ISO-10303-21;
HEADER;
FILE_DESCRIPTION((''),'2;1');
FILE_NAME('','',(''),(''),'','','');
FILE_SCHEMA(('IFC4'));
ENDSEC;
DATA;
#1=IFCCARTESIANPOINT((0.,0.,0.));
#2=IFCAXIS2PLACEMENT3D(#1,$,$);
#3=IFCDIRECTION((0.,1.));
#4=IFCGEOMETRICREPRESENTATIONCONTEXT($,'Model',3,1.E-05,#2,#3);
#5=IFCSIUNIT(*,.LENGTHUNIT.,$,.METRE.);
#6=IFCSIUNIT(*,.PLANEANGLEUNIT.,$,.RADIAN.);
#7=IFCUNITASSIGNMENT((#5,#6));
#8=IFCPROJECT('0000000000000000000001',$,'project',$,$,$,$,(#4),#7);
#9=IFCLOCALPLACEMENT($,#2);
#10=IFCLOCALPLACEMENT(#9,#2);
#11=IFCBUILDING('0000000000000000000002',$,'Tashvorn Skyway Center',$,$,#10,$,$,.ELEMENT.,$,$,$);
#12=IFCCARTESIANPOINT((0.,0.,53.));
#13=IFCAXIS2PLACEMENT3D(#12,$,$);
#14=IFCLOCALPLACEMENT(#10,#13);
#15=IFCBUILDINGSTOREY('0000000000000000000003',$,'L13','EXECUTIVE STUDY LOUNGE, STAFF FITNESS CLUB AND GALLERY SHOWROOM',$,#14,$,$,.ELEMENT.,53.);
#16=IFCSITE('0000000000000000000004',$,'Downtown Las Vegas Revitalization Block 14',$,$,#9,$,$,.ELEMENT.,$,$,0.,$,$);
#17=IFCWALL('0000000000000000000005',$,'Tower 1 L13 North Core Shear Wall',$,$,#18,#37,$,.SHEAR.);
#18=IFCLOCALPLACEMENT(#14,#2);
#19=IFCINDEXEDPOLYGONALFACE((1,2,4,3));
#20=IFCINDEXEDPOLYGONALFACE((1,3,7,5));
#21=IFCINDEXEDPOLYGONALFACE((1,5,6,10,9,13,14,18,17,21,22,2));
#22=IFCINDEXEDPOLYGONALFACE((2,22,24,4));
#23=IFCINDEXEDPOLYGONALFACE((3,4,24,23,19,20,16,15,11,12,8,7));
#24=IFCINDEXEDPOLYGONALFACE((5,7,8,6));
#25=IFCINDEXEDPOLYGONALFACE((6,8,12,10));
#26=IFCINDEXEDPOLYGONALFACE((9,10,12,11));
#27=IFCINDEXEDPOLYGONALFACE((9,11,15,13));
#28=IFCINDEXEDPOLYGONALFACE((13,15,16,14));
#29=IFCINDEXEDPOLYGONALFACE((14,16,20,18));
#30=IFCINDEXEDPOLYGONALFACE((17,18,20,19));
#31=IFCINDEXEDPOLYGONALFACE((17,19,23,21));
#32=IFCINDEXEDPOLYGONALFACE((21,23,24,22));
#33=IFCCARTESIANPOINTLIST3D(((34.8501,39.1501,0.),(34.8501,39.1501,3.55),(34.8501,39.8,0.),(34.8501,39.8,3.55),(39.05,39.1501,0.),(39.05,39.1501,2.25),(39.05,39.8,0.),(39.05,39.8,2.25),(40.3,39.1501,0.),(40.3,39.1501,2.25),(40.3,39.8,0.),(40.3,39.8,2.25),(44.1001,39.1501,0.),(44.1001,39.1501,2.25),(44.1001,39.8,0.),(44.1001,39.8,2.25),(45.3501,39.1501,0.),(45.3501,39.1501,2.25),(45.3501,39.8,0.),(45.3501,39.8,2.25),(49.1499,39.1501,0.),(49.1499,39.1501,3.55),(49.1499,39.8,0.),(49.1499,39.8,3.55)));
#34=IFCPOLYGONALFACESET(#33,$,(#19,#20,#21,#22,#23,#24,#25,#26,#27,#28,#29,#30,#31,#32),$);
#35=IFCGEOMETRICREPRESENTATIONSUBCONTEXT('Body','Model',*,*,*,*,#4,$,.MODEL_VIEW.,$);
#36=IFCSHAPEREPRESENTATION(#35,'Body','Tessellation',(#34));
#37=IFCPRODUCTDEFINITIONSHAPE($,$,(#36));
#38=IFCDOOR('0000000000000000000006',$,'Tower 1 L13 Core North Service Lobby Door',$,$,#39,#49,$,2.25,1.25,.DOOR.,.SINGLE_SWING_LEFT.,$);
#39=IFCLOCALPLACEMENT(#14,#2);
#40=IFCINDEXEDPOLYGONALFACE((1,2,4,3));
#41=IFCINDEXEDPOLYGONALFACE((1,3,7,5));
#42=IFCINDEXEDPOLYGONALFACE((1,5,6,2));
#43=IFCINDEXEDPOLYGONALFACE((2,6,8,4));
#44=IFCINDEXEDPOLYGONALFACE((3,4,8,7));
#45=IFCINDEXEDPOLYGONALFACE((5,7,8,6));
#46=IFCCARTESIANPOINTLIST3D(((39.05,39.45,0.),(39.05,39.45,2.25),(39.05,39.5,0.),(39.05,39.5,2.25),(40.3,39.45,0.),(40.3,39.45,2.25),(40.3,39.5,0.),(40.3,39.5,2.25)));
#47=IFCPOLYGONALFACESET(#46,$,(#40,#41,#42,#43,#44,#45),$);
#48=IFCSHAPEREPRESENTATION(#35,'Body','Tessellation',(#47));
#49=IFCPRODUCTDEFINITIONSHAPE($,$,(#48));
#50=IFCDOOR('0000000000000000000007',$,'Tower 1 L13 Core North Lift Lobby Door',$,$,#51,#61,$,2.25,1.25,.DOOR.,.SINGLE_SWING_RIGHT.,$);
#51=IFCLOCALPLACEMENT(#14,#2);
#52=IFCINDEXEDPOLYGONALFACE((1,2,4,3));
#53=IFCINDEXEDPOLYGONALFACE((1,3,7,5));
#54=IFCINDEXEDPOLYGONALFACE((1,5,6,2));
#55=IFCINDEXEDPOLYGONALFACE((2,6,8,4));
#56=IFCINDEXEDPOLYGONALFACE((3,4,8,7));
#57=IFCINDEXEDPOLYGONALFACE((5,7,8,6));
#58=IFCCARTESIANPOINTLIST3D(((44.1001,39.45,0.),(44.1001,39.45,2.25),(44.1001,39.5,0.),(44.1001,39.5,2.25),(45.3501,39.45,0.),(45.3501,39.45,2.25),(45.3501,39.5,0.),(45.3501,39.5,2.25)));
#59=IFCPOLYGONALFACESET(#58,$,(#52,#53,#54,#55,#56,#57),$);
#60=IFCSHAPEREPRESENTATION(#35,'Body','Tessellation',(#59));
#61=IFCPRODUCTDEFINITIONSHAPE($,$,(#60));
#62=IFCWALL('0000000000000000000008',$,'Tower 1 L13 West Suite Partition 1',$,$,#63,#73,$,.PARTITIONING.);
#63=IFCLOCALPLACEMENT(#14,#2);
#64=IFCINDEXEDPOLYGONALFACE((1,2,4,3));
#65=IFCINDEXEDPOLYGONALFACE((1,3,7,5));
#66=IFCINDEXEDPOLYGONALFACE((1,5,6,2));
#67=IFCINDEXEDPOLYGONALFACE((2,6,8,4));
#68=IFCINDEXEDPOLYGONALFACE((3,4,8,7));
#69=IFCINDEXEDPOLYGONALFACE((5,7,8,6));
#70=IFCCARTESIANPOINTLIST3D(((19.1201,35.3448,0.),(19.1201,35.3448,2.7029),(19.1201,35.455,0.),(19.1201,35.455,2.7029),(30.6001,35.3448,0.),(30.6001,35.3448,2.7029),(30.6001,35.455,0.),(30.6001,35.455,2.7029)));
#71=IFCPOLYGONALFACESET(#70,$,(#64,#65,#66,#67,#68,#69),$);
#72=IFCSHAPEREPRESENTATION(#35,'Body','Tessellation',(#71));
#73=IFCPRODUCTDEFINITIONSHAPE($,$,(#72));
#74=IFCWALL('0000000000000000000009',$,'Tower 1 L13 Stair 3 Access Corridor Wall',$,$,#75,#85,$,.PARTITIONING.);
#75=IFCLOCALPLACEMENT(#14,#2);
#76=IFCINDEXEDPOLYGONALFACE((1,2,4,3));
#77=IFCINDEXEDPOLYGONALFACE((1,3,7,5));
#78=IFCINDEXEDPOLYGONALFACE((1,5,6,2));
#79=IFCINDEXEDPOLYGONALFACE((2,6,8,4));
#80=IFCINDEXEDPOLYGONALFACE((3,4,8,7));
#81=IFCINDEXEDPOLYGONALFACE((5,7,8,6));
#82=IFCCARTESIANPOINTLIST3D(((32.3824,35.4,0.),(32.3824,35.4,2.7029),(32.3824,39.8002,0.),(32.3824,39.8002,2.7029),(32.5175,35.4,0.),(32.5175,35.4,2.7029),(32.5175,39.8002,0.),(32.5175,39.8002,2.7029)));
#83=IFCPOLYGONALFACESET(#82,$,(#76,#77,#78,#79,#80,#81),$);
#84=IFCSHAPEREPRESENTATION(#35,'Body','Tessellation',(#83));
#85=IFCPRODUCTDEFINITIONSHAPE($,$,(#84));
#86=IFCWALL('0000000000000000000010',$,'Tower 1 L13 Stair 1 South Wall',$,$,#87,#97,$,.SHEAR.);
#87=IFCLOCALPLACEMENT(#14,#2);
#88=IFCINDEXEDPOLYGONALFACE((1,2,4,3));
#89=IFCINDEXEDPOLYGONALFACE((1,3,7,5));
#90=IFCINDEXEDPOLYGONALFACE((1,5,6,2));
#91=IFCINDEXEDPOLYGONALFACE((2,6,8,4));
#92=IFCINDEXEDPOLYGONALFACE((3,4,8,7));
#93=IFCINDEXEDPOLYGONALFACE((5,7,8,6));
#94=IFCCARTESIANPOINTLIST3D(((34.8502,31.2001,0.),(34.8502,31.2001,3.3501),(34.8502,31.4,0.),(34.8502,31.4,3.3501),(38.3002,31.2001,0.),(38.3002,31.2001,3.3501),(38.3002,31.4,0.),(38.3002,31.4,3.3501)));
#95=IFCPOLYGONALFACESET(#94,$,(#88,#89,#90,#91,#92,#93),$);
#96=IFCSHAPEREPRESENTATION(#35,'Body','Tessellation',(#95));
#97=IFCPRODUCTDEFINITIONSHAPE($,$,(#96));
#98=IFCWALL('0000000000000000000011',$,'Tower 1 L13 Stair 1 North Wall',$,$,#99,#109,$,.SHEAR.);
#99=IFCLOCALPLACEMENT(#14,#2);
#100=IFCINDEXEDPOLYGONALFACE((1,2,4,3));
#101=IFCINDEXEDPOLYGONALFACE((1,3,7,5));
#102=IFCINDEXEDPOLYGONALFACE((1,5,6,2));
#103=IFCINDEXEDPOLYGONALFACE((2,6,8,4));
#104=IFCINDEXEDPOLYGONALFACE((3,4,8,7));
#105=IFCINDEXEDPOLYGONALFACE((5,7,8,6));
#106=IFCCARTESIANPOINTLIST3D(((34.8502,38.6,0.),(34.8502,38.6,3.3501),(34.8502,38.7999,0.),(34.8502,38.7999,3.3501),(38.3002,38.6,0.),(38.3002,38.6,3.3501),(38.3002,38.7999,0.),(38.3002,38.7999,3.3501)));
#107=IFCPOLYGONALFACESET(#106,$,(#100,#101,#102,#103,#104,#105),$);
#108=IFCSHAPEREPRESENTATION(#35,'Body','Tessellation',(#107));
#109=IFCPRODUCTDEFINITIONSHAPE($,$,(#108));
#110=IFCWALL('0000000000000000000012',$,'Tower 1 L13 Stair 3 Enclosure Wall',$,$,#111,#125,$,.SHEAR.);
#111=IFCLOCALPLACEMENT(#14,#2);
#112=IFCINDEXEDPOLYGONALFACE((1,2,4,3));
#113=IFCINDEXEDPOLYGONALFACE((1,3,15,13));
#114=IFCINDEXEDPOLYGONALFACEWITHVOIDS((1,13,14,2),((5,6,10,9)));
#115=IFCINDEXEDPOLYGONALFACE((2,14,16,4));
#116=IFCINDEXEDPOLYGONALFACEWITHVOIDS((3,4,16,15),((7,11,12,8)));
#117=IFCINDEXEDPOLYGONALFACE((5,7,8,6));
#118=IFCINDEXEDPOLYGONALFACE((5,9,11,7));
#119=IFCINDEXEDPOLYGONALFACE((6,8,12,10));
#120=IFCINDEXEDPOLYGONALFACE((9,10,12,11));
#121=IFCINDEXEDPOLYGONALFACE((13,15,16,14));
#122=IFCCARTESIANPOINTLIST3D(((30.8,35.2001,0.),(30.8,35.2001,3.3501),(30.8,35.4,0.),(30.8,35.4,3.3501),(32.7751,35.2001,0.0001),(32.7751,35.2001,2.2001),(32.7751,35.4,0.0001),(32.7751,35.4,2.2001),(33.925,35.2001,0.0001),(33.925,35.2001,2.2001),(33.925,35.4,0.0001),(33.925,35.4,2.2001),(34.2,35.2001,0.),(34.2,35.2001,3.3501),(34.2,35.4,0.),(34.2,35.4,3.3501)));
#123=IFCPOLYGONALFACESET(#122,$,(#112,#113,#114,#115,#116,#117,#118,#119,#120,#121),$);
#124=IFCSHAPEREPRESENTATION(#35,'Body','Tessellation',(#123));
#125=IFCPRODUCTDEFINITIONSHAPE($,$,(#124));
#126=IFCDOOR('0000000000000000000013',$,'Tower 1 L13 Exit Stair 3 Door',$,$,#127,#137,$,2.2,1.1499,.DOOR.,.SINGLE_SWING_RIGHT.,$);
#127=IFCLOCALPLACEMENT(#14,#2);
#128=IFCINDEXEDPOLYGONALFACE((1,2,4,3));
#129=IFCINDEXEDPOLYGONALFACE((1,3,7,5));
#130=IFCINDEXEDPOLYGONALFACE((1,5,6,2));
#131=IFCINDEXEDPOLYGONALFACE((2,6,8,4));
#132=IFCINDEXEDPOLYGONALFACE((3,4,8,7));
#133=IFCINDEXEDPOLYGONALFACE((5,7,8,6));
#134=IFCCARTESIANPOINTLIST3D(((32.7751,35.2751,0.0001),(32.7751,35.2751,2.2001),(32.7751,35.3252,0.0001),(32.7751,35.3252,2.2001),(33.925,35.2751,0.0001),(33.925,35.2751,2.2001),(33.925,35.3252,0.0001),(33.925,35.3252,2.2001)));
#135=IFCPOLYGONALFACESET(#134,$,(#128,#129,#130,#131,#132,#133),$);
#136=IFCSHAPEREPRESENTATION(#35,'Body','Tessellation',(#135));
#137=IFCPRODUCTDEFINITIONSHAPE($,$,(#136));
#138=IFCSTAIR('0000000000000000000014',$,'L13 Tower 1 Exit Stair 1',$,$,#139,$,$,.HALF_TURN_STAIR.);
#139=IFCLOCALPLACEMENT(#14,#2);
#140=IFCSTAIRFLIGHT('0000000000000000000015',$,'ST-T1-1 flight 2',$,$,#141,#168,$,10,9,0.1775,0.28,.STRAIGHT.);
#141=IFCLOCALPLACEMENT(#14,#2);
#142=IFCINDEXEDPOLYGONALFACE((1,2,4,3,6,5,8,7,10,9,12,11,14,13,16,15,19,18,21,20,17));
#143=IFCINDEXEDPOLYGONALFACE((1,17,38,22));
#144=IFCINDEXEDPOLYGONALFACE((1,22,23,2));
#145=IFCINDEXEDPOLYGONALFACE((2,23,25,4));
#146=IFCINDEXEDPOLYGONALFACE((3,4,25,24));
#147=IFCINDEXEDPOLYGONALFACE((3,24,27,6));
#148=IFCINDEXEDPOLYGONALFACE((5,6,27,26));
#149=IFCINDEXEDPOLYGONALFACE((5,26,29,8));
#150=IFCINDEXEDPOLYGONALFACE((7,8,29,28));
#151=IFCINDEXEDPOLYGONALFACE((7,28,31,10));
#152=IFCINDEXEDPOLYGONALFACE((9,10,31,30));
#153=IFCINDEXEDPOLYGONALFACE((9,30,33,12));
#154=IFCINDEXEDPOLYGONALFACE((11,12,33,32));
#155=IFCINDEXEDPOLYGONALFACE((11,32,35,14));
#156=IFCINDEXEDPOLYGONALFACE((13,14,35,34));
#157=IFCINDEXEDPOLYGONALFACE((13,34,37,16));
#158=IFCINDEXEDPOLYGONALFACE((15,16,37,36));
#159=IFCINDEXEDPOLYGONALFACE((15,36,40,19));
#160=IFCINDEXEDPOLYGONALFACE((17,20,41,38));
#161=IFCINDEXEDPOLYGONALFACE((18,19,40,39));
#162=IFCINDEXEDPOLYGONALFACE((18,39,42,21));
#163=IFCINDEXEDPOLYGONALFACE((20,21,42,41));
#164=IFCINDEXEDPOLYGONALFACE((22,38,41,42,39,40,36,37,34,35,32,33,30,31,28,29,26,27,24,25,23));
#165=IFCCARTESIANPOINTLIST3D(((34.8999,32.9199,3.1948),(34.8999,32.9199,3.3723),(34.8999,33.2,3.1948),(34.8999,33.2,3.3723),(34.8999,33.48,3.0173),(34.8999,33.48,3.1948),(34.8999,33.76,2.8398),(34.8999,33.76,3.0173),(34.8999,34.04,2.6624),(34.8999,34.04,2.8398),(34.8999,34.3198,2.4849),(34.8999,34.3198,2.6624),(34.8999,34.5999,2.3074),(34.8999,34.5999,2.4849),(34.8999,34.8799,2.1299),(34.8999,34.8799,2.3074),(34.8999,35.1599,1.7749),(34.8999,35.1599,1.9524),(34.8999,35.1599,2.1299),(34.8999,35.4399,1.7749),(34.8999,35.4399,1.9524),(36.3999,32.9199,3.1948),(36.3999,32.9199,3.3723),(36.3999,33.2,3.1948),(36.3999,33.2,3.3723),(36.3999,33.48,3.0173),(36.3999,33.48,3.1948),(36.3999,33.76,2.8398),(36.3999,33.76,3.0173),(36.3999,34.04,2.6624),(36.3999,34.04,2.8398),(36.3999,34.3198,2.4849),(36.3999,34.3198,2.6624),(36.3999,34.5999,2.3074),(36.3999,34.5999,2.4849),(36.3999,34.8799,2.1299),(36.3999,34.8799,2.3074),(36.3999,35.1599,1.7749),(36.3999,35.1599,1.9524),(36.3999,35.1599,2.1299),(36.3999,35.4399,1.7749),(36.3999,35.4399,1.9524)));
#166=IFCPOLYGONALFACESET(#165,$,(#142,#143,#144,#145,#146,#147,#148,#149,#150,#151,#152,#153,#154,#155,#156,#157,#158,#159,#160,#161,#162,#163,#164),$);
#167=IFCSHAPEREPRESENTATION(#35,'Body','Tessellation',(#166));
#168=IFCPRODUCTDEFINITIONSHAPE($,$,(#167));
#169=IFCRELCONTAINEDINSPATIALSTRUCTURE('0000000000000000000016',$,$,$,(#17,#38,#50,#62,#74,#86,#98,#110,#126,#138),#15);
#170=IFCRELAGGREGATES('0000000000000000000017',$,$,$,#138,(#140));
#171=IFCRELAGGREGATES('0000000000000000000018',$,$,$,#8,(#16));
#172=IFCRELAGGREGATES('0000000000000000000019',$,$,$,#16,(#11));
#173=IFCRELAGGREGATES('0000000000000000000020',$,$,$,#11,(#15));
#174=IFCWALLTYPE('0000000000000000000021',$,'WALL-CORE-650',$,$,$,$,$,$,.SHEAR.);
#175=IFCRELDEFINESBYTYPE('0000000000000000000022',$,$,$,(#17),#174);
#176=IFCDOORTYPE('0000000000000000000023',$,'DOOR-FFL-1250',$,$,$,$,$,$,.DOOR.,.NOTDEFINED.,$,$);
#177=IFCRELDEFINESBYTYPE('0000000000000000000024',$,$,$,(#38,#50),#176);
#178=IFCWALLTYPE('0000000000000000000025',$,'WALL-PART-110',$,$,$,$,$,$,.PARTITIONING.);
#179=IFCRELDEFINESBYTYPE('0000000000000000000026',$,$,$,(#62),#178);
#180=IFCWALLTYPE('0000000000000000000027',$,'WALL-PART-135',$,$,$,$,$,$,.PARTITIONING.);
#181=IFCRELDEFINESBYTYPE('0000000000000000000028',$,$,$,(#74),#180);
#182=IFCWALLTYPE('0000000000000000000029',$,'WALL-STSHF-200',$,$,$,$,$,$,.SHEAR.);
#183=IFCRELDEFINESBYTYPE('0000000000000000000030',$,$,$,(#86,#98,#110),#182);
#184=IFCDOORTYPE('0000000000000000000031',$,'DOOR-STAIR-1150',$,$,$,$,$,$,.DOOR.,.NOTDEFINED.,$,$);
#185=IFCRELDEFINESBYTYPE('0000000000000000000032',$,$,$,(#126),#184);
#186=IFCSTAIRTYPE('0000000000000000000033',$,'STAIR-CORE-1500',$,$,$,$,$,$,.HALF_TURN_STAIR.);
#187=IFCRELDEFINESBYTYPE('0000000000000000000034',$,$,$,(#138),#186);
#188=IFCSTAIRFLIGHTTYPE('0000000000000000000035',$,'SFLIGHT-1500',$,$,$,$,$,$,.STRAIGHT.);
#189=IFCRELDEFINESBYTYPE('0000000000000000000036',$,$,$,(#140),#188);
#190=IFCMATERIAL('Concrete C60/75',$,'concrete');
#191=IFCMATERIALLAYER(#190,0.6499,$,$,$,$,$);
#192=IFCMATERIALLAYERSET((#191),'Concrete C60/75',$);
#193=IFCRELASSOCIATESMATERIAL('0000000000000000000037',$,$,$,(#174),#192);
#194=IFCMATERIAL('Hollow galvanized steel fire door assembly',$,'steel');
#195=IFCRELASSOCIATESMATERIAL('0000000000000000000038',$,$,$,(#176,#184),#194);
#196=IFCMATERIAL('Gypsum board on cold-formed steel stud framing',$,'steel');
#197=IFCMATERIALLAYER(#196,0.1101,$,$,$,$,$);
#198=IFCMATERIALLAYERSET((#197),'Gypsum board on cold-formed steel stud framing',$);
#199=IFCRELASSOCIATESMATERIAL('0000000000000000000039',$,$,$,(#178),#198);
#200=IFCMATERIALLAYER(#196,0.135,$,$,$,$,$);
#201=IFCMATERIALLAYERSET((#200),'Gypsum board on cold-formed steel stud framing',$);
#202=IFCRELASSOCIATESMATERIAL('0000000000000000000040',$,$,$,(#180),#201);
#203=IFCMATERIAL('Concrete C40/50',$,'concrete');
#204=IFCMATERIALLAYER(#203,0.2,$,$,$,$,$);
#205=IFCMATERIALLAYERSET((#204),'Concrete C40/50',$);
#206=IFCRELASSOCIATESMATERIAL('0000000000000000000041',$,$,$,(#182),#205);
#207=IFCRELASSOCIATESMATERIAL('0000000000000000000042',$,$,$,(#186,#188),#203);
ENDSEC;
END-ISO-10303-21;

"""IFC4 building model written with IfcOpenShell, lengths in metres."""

from ifc_helpers import new_model, si_unit, direction, frame, frame_2d, origin, place, context, subcontext, project, spatial, polyline, rectangle, outline, extrude, material, layer, layer_set, type_object, element, fill, aggregate, save


model = new_model("IFC4")

# Units and contexts
model_context = context("Model", 3, precision=1e-05, world=origin(), true_north=direction((0.0, 1.0)))
body_context = subcontext(model_context, "Body", "Model", "MODEL_VIEW")
ifc_project = project(units=[si_unit("LENGTHUNIT", "METRE"), si_unit("PLANEANGLEUNIT", "RADIAN")], contexts=[model_context])

# Site, building, storey
site_placement = place(None, origin())
site = spatial("IfcSite", under=ifc_project, at=site_placement, Name="Downtown Las Vegas Revitalization Block 14", CompositionType="ELEMENT", RefElevation=0.0)
building_placement = place(site_placement, origin())
building = spatial("IfcBuilding", under=site, at=building_placement, Name="Tashvorn Skyway Center", CompositionType="ELEMENT")
storey_placement = place(building_placement, frame((0.0, 0.0, 53.0)))
storey = spatial("IfcBuildingStorey", under=building, at=storey_placement, Name="L13", Description="EXECUTIVE STUDY LOUNGE, STAFF FITNESS CLUB AND GALLERY SHOWROOM", CompositionType="ELEMENT", Elevation=53.0)

# Wall, openings, doors
ifc_material_1 = material(Name="Concrete C60/75", Category="concrete")
ifc_layer_1 = layer(ifc_material_1, 0.6499)
ifc_layer_set_1 = layer_set([ifc_layer_1], Name="Concrete C60/75")
wall_type_1 = type_object("IfcWallType", Name="WALL-CORE-650", PredefinedType="SHEAR", material=ifc_layer_set_1)
wall_1_placement = place(storey_placement, frame((34.8501, 39.4751, 0.0), z_axis=(0.0, 0.0, 1.0), x_axis=(1.0, 0.0, 0.0)))
wall_1 = element("IfcWall", 1, at=wall_1_placement, inside=storey, type_object=wall_type_1, Name="Tower 1 L13 North Core Shear Wall", PredefinedType="SHEAR", context=body_context, shape_type="SweptSolid", body=[
    extrude(rectangle(XDim=14.2998, YDim=0.6499, at=frame_2d((7.1499, 0.0))), origin(), (0.0, 0.0, 1.0), 3.55),
])
opening_1_placement = place(wall_1_placement, frame((4.2, 0.0, 0.0)))
opening_1 = element("IfcOpeningElement", 2, at=opening_1_placement, cuts=wall_1, PredefinedType="OPENING", context=body_context, shape_type="SweptSolid", body=[
    extrude(rectangle(XDim=1.25, YDim=2.25, at=frame_2d((0.625, 1.125))), frame((0.0, 0.335, 0.0), z_axis=(0.0, -1.0, 0.0), x_axis=(1.0, 0.0, 0.0)), (0.0, 0.0, 1.0), 0.6699),
])
opening_2_placement = place(wall_1_placement, frame((9.25, 0.0, 0.0)))
opening_2 = element("IfcOpeningElement", 3, at=opening_2_placement, cuts=wall_1, PredefinedType="OPENING", context=body_context, shape_type="SweptSolid", body=[
    extrude(rectangle(XDim=1.25, YDim=2.25, at=frame_2d((0.625, 1.125))), frame((0.0, 0.335, 0.0), z_axis=(0.0, -1.0, 0.0), x_axis=(1.0, 0.0, 0.0)), (0.0, 0.0, 1.0), 0.6699),
])
ifc_material_2 = material(Name="Hollow galvanized steel fire door assembly", Category="steel")
door_type_1 = type_object("IfcDoorType", Name="DOOR-FFL-1250", OperationType="NOTDEFINED", PredefinedType="DOOR", material=ifc_material_2)
door_1_placement = place(opening_1_placement, origin())
door_1 = element("IfcDoor", 4, at=door_1_placement, inside=storey, type_object=door_type_1, Name="Tower 1 L13 Core North Service Lobby Door", OperationType="SINGLE_SWING_LEFT", OverallHeight=2.25, OverallWidth=1.25, PredefinedType="DOOR", context=body_context, shape_type="SweptSolid", body=[
    extrude(rectangle(XDim=1.25, YDim=2.25, at=frame_2d((0.625, 1.125))), frame((0.0, 0.0249, 0.0), z_axis=(0.0, -1.0, 0.0), x_axis=(1.0, 0.0, 0.0)), (0.0, 0.0, 1.0), 0.05),
])
fill(opening_1, door_1)
door_2_placement = place(opening_2_placement, origin())
door_2 = element("IfcDoor", 5, at=door_2_placement, inside=storey, type_object=door_type_1, Name="Tower 1 L13 Core North Lift Lobby Door", OperationType="SINGLE_SWING_RIGHT", OverallHeight=2.25, OverallWidth=1.25, PredefinedType="DOOR", context=body_context, shape_type="SweptSolid", body=[
    extrude(rectangle(XDim=1.25, YDim=2.25, at=frame_2d((0.625, 1.125))), frame((0.0, 0.0249, 0.0), z_axis=(0.0, -1.0, 0.0), x_axis=(1.0, 0.0, 0.0)), (0.0, 0.0, 1.0), 0.05),
])
fill(opening_2, door_2)

# Walls
ifc_material_3 = material(Name="Gypsum board on cold-formed steel stud framing", Category="steel")
ifc_layer_2 = layer(ifc_material_3, 0.1101)
ifc_layer_set_2 = layer_set([ifc_layer_2], Name="Gypsum board on cold-formed steel stud framing")
wall_type_2 = type_object("IfcWallType", Name="WALL-PART-110", PredefinedType="PARTITIONING", material=ifc_layer_set_2)
wall_2_placement = place(storey_placement, frame((30.6001, 35.3999, 0.0), z_axis=(0.0, 0.0, 1.0), x_axis=(-1.0, 0.0, 0.0)))
element("IfcWall", 6, at=wall_2_placement, inside=storey, type_object=wall_type_2, Name="Tower 1 L13 West Suite Partition 1", PredefinedType="PARTITIONING", context=body_context, shape_type="SweptSolid", body=[
    extrude(rectangle(XDim=11.48, YDim=0.1101, at=frame_2d((5.74, 0.0))), origin(), (0.0, 0.0, 1.0), 2.7029),
])
ifc_layer_3 = layer(ifc_material_3, 0.135)
ifc_layer_set_3 = layer_set([ifc_layer_3], Name="Gypsum board on cold-formed steel stud framing")
wall_type_3 = type_object("IfcWallType", Name="WALL-PART-135", PredefinedType="PARTITIONING", material=ifc_layer_set_3)
wall_3_placement = place(storey_placement, frame((32.45, 35.3999, 0.0), z_axis=(0.0, 0.0, 1.0), x_axis=(0.0, 1.0, 0.0)))
element("IfcWall", 7, at=wall_3_placement, inside=storey, type_object=wall_type_3, Name="Tower 1 L13 Stair 3 Access Corridor Wall", PredefinedType="PARTITIONING", context=body_context, shape_type="SweptSolid", body=[
    extrude(rectangle(XDim=4.4001, YDim=0.135, at=frame_2d((2.2002, 0.0))), origin(), (0.0, 0.0, 1.0), 2.7029),
])
ifc_material_4 = material(Name="Concrete C40/50", Category="concrete")
ifc_layer_4 = layer(ifc_material_4, 0.2)
ifc_layer_set_4 = layer_set([ifc_layer_4], Name="Concrete C40/50")
wall_type_4 = type_object("IfcWallType", Name="WALL-STSHF-200", PredefinedType="SHEAR", material=ifc_layer_set_4)
for number, where, z_axis, x_axis, name in (
    (8, (34.8501, 31.3, 0.0), (0.0, 0.0, 1.0), (1.0, 0.0, 0.0), "Tower 1 L13 Stair 1 South Wall"),
    (9, (34.8501, 38.7, 0.0), (0.0, 0.0, 1.0), (1.0, 0.0, 0.0), "Tower 1 L13 Stair 1 North Wall"),
):
    element("IfcWall", number, at=place(storey_placement, frame(where, z_axis=z_axis, x_axis=x_axis)), inside=storey, type_object=wall_type_4, Name=name, PredefinedType="SHEAR", context=body_context, shape_type="SweptSolid", body=[
        extrude(rectangle(XDim=3.45, YDim=0.2, at=frame_2d((1.7251, 0.0))), origin(), (0.0, 0.0, 1.0), 3.3501),
    ])

# Wall, opening, door
wall_4_placement = place(storey_placement, frame((34.2, 35.3, 0.0), z_axis=(0.0, 0.0, 1.0), x_axis=(-1.0, 0.0, 0.0)))
wall_4 = element("IfcWall", 10, at=wall_4_placement, inside=storey, type_object=wall_type_4, Name="Tower 1 L13 Stair 3 Enclosure Wall", PredefinedType="SHEAR", context=body_context, shape_type="SweptSolid", body=[
    extrude(rectangle(XDim=3.3999, YDim=0.2, at=frame_2d((1.7, 0.0))), origin(), (0.0, 0.0, 1.0), 3.3501),
])
opening_3_placement = place(wall_4_placement, frame((0.2749, 0.0, 0.0)))
opening_3 = element("IfcOpeningElement", 11, at=opening_3_placement, cuts=wall_4, PredefinedType="OPENING", context=body_context, shape_type="SweptSolid", body=[
    extrude(rectangle(XDim=1.1499, YDim=2.2, at=frame_2d((0.575, 1.1001))), frame((0.0, 0.1099, 0.0), z_axis=(0.0, -1.0, 0.0), x_axis=(1.0, 0.0, 0.0)), (0.0, 0.0, 1.0), 0.22),
])
door_type_2 = type_object("IfcDoorType", Name="DOOR-STAIR-1150", OperationType="NOTDEFINED", PredefinedType="DOOR", material=ifc_material_2)
door_3_placement = place(opening_3_placement, origin())
door_3 = element("IfcDoor", 12, at=door_3_placement, inside=storey, type_object=door_type_2, Name="Tower 1 L13 Exit Stair 3 Door", OperationType="SINGLE_SWING_RIGHT", OverallHeight=2.2, OverallWidth=1.1499, PredefinedType="DOOR", context=body_context, shape_type="SweptSolid", body=[
    extrude(rectangle(XDim=1.1499, YDim=2.2, at=frame_2d((0.575, 1.1001))), frame((0.0, 0.0249, 0.0), z_axis=(0.0, -1.0, 0.0), x_axis=(1.0, 0.0, 0.0)), (0.0, 0.0, 1.0), 0.05),
])
fill(opening_3, door_3)

# Stair, stair flight
stair_type = type_object("IfcStairType", Name="STAIR-CORE-1500", PredefinedType="HALF_TURN_STAIR", material=ifc_material_4)
stair_1_placement = place(storey_placement, origin())
stair_1 = element("IfcStair", 13, at=stair_1_placement, inside=storey, type_object=stair_type, Name="L13 Tower 1 Exit Stair 1", PredefinedType="HALF_TURN_STAIR")
stair_flight_type = type_object("IfcStairFlightType", Name="SFLIGHT-1500", PredefinedType="STRAIGHT", material=ifc_material_4)
stair_flight_1_placement = place(storey_placement, frame((35.6499, 35.4399, 1.7749), z_axis=(0.0, 0.0, 1.0), x_axis=(0.0, -1.0, 0.0)))
stair_flight_1 = element("IfcStairFlight", 14, at=stair_flight_1_placement, type_object=stair_flight_type, Name="ST-T1-1 flight 2", NumberOfRisers=10, NumberOfTreads=9, PredefinedType="STRAIGHT", RiserHeight=0.1775, TreadLength=0.28, context=body_context, shape_type="SweptSolid", body=[
    extrude(outline(polyline([(0.0, 0.0), (0.0, 0.1775), (0.28, 0.1775), (0.28, 0.355), (0.5601, 0.355), (0.5601, 0.5325), (0.8401, 0.5325), (0.8401, 0.71), (1.1201, 0.71), (1.1201, 0.8875), (1.3999, 0.8875), (1.3999, 1.0649), (1.6799, 1.0649), (1.6799, 1.2424), (1.96, 1.2424), (1.96, 1.4199), (2.24, 1.4199), (2.24, 1.5974), (2.52, 1.5974), (2.52, 1.7749), (2.52, 1.4199), (0.28, 0.0), (0.0, 0.0)])), frame((0.0, 0.75, 0.0), z_axis=(0.0, -1.0, 0.0), x_axis=(1.0, 0.0, 0.0)), (0.0, 0.0, 1.0), 1.5),
])
aggregate(stair_1, [stair_flight_1])

save(model, "model.ifc")
